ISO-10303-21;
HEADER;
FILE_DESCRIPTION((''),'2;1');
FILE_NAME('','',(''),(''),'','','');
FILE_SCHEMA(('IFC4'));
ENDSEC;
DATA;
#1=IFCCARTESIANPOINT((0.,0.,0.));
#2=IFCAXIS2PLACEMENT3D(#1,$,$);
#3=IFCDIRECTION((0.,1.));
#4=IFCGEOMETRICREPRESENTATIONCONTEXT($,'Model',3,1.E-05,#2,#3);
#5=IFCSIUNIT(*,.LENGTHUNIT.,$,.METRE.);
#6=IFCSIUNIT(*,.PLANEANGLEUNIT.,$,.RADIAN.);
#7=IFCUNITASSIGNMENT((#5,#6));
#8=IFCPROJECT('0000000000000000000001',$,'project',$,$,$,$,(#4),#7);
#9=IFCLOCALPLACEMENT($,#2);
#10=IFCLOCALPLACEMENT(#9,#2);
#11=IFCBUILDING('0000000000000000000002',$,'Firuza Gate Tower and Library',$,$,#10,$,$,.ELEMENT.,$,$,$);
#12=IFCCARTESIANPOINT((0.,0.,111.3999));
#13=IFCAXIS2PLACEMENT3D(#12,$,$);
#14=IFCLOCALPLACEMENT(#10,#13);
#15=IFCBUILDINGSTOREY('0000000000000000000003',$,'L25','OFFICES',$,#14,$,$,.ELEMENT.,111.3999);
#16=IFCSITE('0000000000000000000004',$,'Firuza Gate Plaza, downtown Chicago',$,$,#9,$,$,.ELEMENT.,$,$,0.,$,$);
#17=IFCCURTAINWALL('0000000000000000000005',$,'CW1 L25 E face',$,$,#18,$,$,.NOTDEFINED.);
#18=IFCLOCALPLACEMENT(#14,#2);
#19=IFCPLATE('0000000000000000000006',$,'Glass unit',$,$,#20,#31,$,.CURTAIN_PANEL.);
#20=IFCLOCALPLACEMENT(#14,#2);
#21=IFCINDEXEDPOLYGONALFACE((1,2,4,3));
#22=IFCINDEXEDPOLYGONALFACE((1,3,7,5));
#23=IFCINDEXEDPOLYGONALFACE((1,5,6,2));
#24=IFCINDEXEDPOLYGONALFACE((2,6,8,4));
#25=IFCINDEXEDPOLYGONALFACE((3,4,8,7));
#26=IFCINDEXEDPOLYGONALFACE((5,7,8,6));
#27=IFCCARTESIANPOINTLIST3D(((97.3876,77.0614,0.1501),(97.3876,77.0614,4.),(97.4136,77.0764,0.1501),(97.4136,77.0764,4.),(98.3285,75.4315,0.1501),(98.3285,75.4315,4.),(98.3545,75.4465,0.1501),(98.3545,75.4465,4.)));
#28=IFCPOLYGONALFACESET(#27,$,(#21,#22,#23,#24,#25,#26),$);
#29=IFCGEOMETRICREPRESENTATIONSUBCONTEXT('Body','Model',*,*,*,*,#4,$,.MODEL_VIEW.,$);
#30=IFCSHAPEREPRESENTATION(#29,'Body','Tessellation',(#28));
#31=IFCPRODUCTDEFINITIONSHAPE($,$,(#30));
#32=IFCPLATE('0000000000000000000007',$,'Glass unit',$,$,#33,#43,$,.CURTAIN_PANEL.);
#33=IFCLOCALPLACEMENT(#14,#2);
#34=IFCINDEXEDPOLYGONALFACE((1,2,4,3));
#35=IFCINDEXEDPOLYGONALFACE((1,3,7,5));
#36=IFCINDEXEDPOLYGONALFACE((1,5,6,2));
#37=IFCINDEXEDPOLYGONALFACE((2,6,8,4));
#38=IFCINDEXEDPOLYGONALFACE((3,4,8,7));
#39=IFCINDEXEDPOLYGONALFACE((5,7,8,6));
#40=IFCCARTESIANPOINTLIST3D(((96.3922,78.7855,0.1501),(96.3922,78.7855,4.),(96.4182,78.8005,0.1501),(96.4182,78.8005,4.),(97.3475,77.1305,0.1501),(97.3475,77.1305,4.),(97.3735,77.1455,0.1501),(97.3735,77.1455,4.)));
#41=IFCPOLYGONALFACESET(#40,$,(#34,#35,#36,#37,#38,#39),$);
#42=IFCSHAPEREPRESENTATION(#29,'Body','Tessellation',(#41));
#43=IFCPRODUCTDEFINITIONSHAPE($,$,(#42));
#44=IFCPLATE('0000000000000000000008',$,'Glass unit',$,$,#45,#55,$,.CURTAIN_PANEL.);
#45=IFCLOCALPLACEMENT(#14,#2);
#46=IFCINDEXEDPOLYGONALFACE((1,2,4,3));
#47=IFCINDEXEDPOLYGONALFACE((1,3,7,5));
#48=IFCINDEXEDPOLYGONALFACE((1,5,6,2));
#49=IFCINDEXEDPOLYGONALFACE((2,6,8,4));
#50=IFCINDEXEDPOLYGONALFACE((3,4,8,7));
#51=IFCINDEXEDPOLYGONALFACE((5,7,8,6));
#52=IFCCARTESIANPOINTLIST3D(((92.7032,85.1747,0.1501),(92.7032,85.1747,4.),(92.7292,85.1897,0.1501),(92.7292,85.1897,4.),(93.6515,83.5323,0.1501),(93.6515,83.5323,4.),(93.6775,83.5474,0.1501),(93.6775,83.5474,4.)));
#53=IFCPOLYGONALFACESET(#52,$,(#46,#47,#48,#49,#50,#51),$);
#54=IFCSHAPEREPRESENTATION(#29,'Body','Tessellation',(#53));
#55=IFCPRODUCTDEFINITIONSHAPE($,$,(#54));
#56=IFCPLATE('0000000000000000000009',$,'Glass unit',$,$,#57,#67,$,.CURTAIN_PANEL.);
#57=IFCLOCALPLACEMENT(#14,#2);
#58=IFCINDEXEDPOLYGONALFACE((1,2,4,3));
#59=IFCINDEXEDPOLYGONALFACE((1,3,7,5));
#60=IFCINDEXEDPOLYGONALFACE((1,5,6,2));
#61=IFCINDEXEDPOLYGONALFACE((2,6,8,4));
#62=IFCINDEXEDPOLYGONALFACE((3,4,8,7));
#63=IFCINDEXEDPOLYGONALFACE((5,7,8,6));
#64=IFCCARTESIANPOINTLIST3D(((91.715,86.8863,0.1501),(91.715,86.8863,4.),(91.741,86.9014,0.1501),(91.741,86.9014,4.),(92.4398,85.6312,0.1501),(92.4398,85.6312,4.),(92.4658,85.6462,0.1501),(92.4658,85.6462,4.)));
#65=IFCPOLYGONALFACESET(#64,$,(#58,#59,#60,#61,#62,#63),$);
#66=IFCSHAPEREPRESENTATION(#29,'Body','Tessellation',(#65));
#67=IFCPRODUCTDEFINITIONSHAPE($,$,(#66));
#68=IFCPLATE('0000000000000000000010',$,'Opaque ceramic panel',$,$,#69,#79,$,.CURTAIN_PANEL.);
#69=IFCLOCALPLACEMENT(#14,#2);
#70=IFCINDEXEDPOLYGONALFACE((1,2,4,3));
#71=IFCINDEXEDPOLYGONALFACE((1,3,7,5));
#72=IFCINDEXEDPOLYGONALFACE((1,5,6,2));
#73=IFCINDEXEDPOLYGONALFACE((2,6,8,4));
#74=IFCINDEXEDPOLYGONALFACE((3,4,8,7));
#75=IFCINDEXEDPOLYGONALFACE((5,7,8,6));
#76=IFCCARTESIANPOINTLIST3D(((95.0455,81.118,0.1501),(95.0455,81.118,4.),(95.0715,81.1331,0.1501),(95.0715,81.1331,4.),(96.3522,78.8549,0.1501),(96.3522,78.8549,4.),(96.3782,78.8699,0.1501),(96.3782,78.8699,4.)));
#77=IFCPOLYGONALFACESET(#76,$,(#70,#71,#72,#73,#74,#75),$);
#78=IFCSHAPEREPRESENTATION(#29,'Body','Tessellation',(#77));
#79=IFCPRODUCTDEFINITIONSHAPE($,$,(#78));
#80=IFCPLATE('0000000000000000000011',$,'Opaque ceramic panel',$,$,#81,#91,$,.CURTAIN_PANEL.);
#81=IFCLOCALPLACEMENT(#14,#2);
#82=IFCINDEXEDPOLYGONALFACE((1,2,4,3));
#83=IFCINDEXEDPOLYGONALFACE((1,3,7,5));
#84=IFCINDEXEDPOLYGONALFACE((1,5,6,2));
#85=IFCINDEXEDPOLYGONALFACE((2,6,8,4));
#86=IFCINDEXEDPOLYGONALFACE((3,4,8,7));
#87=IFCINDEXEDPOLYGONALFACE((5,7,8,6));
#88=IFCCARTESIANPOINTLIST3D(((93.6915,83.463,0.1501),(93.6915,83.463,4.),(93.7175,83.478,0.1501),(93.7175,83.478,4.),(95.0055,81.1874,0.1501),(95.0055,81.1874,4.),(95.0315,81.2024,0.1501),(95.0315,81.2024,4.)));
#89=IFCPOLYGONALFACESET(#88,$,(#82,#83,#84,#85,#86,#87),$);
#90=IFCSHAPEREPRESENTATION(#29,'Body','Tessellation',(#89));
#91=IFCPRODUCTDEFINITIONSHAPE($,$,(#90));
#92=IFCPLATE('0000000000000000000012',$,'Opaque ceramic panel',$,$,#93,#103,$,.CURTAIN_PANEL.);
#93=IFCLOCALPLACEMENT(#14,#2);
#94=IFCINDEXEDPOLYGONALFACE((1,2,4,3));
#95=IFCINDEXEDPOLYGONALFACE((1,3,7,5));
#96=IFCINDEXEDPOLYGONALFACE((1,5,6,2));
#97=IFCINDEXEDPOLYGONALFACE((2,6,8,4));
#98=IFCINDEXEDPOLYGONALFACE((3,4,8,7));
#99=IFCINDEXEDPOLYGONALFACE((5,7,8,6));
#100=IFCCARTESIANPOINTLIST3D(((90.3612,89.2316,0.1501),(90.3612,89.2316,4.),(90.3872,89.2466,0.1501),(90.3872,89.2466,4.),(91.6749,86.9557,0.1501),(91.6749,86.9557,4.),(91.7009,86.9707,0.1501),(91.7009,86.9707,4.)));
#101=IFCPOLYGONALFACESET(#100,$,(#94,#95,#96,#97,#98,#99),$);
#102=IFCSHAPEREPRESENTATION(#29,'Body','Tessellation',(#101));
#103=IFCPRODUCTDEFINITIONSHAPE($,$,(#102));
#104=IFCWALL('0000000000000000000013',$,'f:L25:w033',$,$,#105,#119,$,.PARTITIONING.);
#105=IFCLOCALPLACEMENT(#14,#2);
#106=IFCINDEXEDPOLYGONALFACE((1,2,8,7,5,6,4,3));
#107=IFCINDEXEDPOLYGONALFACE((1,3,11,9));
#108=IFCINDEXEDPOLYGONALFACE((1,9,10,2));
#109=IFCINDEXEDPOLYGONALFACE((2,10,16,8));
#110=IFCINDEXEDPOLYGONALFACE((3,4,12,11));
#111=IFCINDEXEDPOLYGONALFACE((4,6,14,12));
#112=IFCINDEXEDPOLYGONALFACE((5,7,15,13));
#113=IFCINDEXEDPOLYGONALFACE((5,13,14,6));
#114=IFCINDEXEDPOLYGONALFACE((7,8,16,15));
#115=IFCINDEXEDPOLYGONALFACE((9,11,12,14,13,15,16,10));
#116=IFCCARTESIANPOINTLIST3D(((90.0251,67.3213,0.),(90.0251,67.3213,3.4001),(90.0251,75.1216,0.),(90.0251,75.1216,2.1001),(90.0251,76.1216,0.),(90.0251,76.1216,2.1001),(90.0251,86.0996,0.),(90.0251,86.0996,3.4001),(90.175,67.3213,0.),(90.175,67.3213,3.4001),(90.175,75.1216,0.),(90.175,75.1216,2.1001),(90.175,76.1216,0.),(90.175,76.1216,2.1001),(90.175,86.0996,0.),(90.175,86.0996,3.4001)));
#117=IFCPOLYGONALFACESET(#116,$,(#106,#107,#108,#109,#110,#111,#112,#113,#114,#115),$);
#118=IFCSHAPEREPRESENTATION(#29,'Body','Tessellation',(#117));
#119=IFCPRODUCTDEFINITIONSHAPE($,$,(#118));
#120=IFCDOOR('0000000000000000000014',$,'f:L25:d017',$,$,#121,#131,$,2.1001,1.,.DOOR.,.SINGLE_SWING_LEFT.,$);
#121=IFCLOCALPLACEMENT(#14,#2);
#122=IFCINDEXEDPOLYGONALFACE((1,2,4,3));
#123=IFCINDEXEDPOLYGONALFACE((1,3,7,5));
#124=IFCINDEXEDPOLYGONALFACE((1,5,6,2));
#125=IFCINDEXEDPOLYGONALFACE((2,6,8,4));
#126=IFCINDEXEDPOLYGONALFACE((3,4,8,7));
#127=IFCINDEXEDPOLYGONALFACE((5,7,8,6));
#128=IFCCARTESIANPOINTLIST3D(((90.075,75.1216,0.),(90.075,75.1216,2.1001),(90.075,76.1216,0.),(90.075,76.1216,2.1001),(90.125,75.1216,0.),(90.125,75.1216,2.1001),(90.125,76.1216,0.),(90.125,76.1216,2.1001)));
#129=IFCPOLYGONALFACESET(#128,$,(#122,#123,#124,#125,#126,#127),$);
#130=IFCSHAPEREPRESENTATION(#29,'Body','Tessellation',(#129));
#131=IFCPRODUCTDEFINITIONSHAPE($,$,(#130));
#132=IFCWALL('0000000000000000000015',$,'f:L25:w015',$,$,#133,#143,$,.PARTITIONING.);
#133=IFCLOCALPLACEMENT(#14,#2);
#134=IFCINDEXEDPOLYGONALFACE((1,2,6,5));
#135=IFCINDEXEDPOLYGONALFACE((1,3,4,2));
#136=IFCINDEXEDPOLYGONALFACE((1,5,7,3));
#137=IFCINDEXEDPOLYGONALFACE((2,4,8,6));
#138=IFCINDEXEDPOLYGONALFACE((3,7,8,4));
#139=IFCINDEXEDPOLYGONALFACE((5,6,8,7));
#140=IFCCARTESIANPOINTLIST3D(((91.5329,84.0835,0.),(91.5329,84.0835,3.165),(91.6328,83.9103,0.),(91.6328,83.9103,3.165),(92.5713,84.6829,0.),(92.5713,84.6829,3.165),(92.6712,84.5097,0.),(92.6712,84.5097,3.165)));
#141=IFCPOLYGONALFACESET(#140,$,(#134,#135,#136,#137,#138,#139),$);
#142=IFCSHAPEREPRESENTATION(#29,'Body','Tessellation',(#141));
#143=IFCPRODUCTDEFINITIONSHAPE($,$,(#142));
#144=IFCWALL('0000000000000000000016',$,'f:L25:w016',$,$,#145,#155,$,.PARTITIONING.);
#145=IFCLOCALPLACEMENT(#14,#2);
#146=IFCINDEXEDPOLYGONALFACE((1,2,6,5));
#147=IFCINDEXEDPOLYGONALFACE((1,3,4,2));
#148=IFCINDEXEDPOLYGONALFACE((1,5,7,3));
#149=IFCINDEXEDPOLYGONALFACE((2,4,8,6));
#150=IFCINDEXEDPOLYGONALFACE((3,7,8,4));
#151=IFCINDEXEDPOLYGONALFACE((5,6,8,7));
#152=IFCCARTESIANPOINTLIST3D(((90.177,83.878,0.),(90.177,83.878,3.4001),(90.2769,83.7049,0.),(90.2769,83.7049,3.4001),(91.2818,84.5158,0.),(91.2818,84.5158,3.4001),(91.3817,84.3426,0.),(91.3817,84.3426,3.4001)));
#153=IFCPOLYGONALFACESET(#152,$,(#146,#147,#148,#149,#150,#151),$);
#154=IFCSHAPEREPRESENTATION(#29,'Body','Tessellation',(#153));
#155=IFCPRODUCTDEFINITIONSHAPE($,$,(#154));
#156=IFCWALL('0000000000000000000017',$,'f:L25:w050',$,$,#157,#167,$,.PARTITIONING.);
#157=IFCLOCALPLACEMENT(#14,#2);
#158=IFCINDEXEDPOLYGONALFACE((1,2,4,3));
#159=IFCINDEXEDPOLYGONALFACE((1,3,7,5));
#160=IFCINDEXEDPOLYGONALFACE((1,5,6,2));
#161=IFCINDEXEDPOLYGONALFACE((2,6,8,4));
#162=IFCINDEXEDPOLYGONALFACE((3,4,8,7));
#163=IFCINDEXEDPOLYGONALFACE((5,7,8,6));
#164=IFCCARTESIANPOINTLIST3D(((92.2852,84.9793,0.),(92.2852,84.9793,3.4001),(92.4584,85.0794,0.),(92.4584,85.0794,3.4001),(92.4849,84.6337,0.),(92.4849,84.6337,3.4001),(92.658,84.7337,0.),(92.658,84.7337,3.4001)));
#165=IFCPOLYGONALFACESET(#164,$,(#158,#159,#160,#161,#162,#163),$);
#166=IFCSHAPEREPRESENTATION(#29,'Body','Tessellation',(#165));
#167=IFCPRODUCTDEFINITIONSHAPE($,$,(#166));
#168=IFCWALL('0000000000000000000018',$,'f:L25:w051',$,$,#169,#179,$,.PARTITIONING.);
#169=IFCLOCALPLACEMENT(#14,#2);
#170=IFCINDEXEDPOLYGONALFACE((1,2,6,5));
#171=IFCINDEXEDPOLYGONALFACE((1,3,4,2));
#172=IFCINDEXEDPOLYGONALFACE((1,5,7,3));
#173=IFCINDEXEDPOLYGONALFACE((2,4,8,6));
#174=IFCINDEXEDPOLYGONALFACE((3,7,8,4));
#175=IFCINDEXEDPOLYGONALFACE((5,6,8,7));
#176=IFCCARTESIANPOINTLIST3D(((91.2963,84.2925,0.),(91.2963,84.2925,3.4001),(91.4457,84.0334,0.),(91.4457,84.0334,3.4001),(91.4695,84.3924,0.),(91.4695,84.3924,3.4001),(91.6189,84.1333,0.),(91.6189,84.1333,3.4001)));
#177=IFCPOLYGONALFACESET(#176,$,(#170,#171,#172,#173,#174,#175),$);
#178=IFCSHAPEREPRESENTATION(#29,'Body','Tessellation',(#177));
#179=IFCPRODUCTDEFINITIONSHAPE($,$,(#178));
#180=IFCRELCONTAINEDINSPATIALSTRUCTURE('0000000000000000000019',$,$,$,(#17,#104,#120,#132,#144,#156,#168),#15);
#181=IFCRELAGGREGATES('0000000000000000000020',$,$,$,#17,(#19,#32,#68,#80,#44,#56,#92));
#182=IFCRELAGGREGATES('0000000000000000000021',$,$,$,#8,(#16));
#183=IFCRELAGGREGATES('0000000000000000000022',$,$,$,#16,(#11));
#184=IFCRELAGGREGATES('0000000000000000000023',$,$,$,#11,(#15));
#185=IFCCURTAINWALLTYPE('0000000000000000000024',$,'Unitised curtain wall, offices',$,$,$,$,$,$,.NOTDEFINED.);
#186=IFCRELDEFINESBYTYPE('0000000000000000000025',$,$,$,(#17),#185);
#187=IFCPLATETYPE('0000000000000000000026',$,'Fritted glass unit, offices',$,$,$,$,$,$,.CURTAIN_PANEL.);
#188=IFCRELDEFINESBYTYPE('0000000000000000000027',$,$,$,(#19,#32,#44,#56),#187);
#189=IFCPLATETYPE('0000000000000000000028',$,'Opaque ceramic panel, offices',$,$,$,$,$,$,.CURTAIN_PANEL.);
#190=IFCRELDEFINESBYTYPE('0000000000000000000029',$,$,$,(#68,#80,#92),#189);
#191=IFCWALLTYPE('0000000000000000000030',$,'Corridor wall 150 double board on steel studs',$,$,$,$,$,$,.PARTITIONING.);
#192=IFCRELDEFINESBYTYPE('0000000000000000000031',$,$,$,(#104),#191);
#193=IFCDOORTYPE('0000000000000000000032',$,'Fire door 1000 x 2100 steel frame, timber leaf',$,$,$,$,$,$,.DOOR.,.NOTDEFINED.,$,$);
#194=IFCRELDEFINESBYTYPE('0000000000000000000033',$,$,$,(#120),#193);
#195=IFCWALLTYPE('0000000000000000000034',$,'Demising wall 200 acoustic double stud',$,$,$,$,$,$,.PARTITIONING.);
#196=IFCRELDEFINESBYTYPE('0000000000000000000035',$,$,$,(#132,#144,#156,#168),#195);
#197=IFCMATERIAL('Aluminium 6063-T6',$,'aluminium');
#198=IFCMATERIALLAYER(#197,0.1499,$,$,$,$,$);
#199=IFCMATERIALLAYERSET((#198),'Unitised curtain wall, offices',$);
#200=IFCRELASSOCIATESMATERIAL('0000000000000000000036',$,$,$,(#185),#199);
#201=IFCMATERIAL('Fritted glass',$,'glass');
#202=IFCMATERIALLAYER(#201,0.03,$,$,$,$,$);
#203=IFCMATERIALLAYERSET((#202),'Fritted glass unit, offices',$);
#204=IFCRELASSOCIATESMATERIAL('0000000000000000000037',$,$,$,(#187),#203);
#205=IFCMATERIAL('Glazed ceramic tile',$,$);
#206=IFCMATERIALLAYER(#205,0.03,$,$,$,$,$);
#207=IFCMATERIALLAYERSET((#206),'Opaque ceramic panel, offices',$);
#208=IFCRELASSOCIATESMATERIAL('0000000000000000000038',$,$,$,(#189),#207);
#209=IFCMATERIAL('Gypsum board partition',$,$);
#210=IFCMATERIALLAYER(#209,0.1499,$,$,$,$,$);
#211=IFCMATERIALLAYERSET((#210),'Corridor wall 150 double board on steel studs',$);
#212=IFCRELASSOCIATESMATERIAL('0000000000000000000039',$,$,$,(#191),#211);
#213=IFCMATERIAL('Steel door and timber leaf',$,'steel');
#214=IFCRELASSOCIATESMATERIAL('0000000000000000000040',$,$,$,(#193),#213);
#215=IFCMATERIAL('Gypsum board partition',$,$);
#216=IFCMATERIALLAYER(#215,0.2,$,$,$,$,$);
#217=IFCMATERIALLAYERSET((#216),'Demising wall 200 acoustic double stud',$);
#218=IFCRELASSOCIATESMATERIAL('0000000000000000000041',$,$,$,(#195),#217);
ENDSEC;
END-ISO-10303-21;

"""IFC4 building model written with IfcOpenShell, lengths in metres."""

from ifc_helpers import new_model, si_unit, direction, frame, frame_2d, origin, place, context, subcontext, project, spatial, polyline, rectangle, outline, extrude, material, layer, layer_set, type_object, element, fill, aggregate, save


model = new_model("IFC4")

# Units and contexts
model_context = context("Model", 3, precision=1e-05, world=origin(), true_north=direction((0.0, 1.0)))
body_context = subcontext(model_context, "Body", "Model", "MODEL_VIEW")
ifc_project = project(units=[si_unit("LENGTHUNIT", "METRE"), si_unit("PLANEANGLEUNIT", "RADIAN")], contexts=[model_context])

# Site, building, storey
site_placement = place(None, origin())
site = spatial("IfcSite", under=ifc_project, at=site_placement, Name="Firuza Gate Plaza, downtown Chicago", CompositionType="ELEMENT", RefElevation=0.0)
building_placement = place(site_placement, origin())
building = spatial("IfcBuilding", under=site, at=building_placement, Name="Firuza Gate Tower and Library", CompositionType="ELEMENT")
storey_placement = place(building_placement, frame((0.0, 0.0, 111.3999)))
storey = spatial("IfcBuildingStorey", under=building, at=storey_placement, Name="L25", Description="OFFICES", CompositionType="ELEMENT", Elevation=111.3999)

# Curtain wall
ifc_material_1 = material(Name="Aluminium 6063-T6", Category="aluminium")
ifc_layer_1 = layer(ifc_material_1, 0.1499)
ifc_layer_set_1 = layer_set([ifc_layer_1], Name="Unitised curtain wall, offices")
curtain_wall_type = type_object("IfcCurtainWallType", Name="Unitised curtain wall, offices", PredefinedType="NOTDEFINED", material=ifc_layer_set_1)
curtain_wall_placement = place(storey_placement, origin())
curtain_wall = element("IfcCurtainWall", 1, at=curtain_wall_placement, inside=storey, type_object=curtain_wall_type, Name="CW1 L25 E face", PredefinedType="NOTDEFINED")

# Plates
ifc_material_2 = material(Name="Fritted glass", Category="glass")
ifc_layer_2 = layer(ifc_material_2, 0.03)
ifc_layer_set_2 = layer_set([ifc_layer_2], Name="Fritted glass unit, offices")
plate_type_1 = type_object("IfcPlateType", Name="Fritted glass unit, offices", PredefinedType="CURTAIN_PANEL", material=ifc_layer_set_2)
plate_1_placement = place(storey_placement, frame((98.3545, 75.4465, 0.1501), z_axis=(0.866047, 0.499962, 0.0), x_axis=(-0.499962, 0.866047, 0.0)))
plate_1 = element("IfcPlate", 2, at=plate_1_placement, type_object=plate_type_1, Name="Glass unit", PredefinedType="CURTAIN_PANEL", context=body_context, shape_type="SweptSolid", body=[
    extrude(outline(polyline([(0.0, 0.0), (1.882, 0.0), (1.882, 3.8499), (0.0, 3.8499), (0.0, 0.0)])), origin(), (0.0, 0.0, -1.0), 0.03),
])
plate_2_placement = place(storey_placement, frame((97.3735, 77.1455, 0.1501), z_axis=(0.866073, 0.499918, 0.0), x_axis=(-0.499918, 0.866073, 0.0)))
plate_2 = element("IfcPlate", 3, at=plate_2_placement, type_object=plate_type_1, Name="Glass unit", PredefinedType="CURTAIN_PANEL", context=body_context, shape_type="SweptSolid", body=[
    extrude(outline(polyline([(0.0, 0.0), (1.911, 0.0), (1.911, 3.8499), (0.0, 3.8499), (0.0, 0.0)])), origin(), (0.0, 0.0, -1.0), 0.03),
])
plate_3_placement = place(storey_placement, frame((93.6775, 83.5474, 0.1501), z_axis=(0.866016, 0.500016, 0.0), x_axis=(-0.500016, 0.866016, 0.0)))
plate_3 = element("IfcPlate", 4, at=plate_3_placement, type_object=plate_type_1, Name="Glass unit", PredefinedType="CURTAIN_PANEL", context=body_context, shape_type="SweptSolid", body=[
    extrude(outline(polyline([(0.0, 0.0), (1.8964, 0.0), (1.8964, 3.8499), (0.0, 3.8499), (0.0, 0.0)])), origin(), (0.0, 0.0, -1.0), 0.03),
])
plate_4_placement = place(storey_placement, frame((92.4658, 85.6462, 0.1501), z_axis=(0.865964, 0.500106, 0.0), x_axis=(-0.500106, 0.865964, 0.0)))
plate_4 = element("IfcPlate", 5, at=plate_4_placement, type_object=plate_type_1, Name="Glass unit", PredefinedType="CURTAIN_PANEL", context=body_context, shape_type="SweptSolid", body=[
    extrude(outline(polyline([(0.0, 0.0), (1.4494, 0.0), (1.4494, 3.8499), (0.0, 3.8499), (0.0, 0.0)])), origin(), (0.0, 0.0, -1.0), 0.03),
])
ifc_material_3 = material(Name="Glazed ceramic tile")
ifc_layer_3 = layer(ifc_material_3, 0.03)
ifc_layer_set_3 = layer_set([ifc_layer_3], Name="Opaque ceramic panel, offices")
plate_type_2 = type_object("IfcPlateType", Name="Opaque ceramic panel, offices", PredefinedType="CURTAIN_PANEL", material=ifc_layer_set_3)
plate_5_placement = place(storey_placement, frame((96.3782, 78.8699, 0.1501), z_axis=(0.866027, 0.499997, 0.0), x_axis=(-0.499997, 0.866027, 0.0)))
plate_5 = element("IfcPlate", 6, at=plate_5_placement, type_object=plate_type_2, Name="Opaque ceramic panel", PredefinedType="CURTAIN_PANEL", context=body_context, shape_type="SweptSolid", body=[
    extrude(outline(polyline([(0.0, 0.0), (2.6133, 0.0), (2.6133, 3.8499), (0.0, 3.8499), (0.0, 0.0)])), origin(), (0.0, 0.0, -1.0), 0.03),
])
plate_6_placement = place(storey_placement, frame((95.0315, 81.2024, 0.1501), z_axis=(0.866005, 0.500036, 0.0), x_axis=(-0.500036, 0.866005, 0.0)))
plate_6 = element("IfcPlate", 7, at=plate_6_placement, type_object=plate_type_2, Name="Opaque ceramic panel", PredefinedType="CURTAIN_PANEL", context=body_context, shape_type="SweptSolid", body=[
    extrude(outline(polyline([(0.0, 0.0), (2.6277, 0.0), (2.6277, 3.8499), (0.0, 3.8499), (0.0, 0.0)])), origin(), (0.0, 0.0, -1.0), 0.03),
])
plate_7_placement = place(storey_placement, frame((91.7009, 86.9707, 0.1501), z_axis=(0.866068, 0.499926, 0.0), x_axis=(-0.499926, 0.866068, 0.0)))
plate_7 = element("IfcPlate", 8, at=plate_7_placement, type_object=plate_type_2, Name="Opaque ceramic panel", PredefinedType="CURTAIN_PANEL", context=body_context, shape_type="SweptSolid", body=[
    extrude(outline(polyline([(0.0, 0.0), (2.6278, 0.0), (2.6278, 3.8499), (0.0, 3.8499), (0.0, 0.0)])), origin(), (0.0, 0.0, -1.0), 0.03),
])
aggregate(curtain_wall, [plate_1, plate_2, plate_5, plate_6, plate_3, plate_4, plate_7])

# Wall, opening, door
ifc_material_4 = material(Name="Gypsum board partition")
ifc_layer_4 = layer(ifc_material_4, 0.1499)
ifc_layer_set_4 = layer_set([ifc_layer_4], Name="Corridor wall 150 double board on steel studs")
wall_type_1 = type_object("IfcWallType", Name="Corridor wall 150 double board on steel studs", PredefinedType="PARTITIONING", material=ifc_layer_set_4)
wall_1_placement = place(storey_placement, frame((90.1001, 86.0996, 0.0), z_axis=(0.0, 0.0, 1.0), x_axis=(0.0, -1.0, 0.0)))
wall_1 = element("IfcWall", 9, at=wall_1_placement, inside=storey, type_object=wall_type_1, Name="f:L25:w033", PredefinedType="PARTITIONING", context=body_context, shape_type="SweptSolid", body=[
    extrude(rectangle(XDim=18.7783, YDim=0.1499, at=frame_2d((9.3892, 0.0))), origin(), (0.0, 0.0, 1.0), 3.4001),
])
opening_placement = place(wall_1_placement, frame((9.978, 0.0, 0.0)))
opening = element("IfcOpeningElement", 10, at=opening_placement, cuts=wall_1, PredefinedType="OPENING", context=body_context, shape_type="SweptSolid", body=[
    extrude(rectangle(XDim=1.0, YDim=2.1001, at=frame_2d((0.5, 1.05))), frame((0.0, 0.085, 0.0), z_axis=(0.0, -1.0, 0.0), x_axis=(1.0, 0.0, 0.0)), (0.0, 0.0, 1.0), 0.1699),
])
ifc_material_5 = material(Name="Steel door and timber leaf", Category="steel")
door_type = type_object("IfcDoorType", Name="Fire door 1000 x 2100 steel frame, timber leaf", OperationType="NOTDEFINED", PredefinedType="DOOR", material=ifc_material_5)
door_placement = place(opening_placement, origin())
door = element("IfcDoor", 11, at=door_placement, inside=storey, type_object=door_type, Name="f:L25:d017", OperationType="SINGLE_SWING_LEFT", OverallHeight=2.1001, OverallWidth=1.0, PredefinedType="DOOR", context=body_context, shape_type="SweptSolid", body=[
    extrude(rectangle(XDim=1.0, YDim=2.1001, at=frame_2d((0.5, 1.05))), frame((0.0, 0.0249, 0.0), z_axis=(0.0, -1.0, 0.0), x_axis=(1.0, 0.0, 0.0)), (0.0, 0.0, 1.0), 0.05),
])
fill(opening, door)

# Walls
ifc_material_6 = material(Name="Gypsum board partition")
ifc_layer_5 = layer(ifc_material_6, 0.2)
ifc_layer_set_5 = layer_set([ifc_layer_5], Name="Demising wall 200 acoustic double stud")
wall_type_2 = type_object("IfcWallType", Name="Demising wall 200 acoustic double stud", PredefinedType="PARTITIONING", material=ifc_layer_set_5)
wall_2_placement = place(storey_placement, frame((91.5828, 83.9968, 0.0), z_axis=(0.0, 0.0, 1.0), x_axis=(0.866067, 0.499928, 0.0)))
element("IfcWall", 12, at=wall_2_placement, inside=storey, type_object=wall_type_2, Name="f:L25:w015", PredefinedType="PARTITIONING", context=body_context, shape_type="SweptSolid", body=[
    extrude(rectangle(XDim=1.199, YDim=0.2, at=frame_2d((0.5996, 0.0))), origin(), (0.0, 0.0, 1.0), 3.165),
])
wall_3_placement = place(storey_placement, frame((90.2271, 83.7915, 0.0), z_axis=(0.0, 0.0, 1.0), x_axis=(0.866068, 0.499927, 0.0)))
element("IfcWall", 13, at=wall_3_placement, inside=storey, type_object=wall_type_2, Name="f:L25:w016", PredefinedType="PARTITIONING", context=body_context, shape_type="SweptSolid", body=[
    extrude(rectangle(XDim=1.2756, YDim=0.2, at=frame_2d((0.6377, 0.0))), origin(), (0.0, 0.0, 1.0), 3.4001),
])
wall_4_placement = place(storey_placement, frame((92.5715, 84.6836, 0.0), z_axis=(0.0, 0.0, 1.0), x_axis=(-0.500216, 0.8659, 0.0)))
element("IfcWall", 14, at=wall_4_placement, inside=storey, type_object=wall_type_2, Name="f:L25:w050", PredefinedType="PARTITIONING", context=body_context, shape_type="SweptSolid", body=[
    extrude(rectangle(XDim=0.3992, YDim=0.2, at=frame_2d((0.1997, 0.0))), origin(), (0.0, 0.0, 1.0), 3.4001),
])
wall_5_placement = place(storey_placement, frame((91.5322, 84.0835, 0.0), z_axis=(0.0, 0.0, 1.0), x_axis=(-0.499652, 0.866226, 0.0)))
element("IfcWall", 15, at=wall_5_placement, inside=storey, type_object=wall_type_2, Name="f:L25:w051", PredefinedType="PARTITIONING", context=body_context, shape_type="SweptSolid", body=[
    extrude(rectangle(XDim=0.2991, YDim=0.2, at=frame_2d((0.1494, 0.0))), origin(), (0.0, 0.0, 1.0), 3.4001),
])

save(model, "model.ifc")
